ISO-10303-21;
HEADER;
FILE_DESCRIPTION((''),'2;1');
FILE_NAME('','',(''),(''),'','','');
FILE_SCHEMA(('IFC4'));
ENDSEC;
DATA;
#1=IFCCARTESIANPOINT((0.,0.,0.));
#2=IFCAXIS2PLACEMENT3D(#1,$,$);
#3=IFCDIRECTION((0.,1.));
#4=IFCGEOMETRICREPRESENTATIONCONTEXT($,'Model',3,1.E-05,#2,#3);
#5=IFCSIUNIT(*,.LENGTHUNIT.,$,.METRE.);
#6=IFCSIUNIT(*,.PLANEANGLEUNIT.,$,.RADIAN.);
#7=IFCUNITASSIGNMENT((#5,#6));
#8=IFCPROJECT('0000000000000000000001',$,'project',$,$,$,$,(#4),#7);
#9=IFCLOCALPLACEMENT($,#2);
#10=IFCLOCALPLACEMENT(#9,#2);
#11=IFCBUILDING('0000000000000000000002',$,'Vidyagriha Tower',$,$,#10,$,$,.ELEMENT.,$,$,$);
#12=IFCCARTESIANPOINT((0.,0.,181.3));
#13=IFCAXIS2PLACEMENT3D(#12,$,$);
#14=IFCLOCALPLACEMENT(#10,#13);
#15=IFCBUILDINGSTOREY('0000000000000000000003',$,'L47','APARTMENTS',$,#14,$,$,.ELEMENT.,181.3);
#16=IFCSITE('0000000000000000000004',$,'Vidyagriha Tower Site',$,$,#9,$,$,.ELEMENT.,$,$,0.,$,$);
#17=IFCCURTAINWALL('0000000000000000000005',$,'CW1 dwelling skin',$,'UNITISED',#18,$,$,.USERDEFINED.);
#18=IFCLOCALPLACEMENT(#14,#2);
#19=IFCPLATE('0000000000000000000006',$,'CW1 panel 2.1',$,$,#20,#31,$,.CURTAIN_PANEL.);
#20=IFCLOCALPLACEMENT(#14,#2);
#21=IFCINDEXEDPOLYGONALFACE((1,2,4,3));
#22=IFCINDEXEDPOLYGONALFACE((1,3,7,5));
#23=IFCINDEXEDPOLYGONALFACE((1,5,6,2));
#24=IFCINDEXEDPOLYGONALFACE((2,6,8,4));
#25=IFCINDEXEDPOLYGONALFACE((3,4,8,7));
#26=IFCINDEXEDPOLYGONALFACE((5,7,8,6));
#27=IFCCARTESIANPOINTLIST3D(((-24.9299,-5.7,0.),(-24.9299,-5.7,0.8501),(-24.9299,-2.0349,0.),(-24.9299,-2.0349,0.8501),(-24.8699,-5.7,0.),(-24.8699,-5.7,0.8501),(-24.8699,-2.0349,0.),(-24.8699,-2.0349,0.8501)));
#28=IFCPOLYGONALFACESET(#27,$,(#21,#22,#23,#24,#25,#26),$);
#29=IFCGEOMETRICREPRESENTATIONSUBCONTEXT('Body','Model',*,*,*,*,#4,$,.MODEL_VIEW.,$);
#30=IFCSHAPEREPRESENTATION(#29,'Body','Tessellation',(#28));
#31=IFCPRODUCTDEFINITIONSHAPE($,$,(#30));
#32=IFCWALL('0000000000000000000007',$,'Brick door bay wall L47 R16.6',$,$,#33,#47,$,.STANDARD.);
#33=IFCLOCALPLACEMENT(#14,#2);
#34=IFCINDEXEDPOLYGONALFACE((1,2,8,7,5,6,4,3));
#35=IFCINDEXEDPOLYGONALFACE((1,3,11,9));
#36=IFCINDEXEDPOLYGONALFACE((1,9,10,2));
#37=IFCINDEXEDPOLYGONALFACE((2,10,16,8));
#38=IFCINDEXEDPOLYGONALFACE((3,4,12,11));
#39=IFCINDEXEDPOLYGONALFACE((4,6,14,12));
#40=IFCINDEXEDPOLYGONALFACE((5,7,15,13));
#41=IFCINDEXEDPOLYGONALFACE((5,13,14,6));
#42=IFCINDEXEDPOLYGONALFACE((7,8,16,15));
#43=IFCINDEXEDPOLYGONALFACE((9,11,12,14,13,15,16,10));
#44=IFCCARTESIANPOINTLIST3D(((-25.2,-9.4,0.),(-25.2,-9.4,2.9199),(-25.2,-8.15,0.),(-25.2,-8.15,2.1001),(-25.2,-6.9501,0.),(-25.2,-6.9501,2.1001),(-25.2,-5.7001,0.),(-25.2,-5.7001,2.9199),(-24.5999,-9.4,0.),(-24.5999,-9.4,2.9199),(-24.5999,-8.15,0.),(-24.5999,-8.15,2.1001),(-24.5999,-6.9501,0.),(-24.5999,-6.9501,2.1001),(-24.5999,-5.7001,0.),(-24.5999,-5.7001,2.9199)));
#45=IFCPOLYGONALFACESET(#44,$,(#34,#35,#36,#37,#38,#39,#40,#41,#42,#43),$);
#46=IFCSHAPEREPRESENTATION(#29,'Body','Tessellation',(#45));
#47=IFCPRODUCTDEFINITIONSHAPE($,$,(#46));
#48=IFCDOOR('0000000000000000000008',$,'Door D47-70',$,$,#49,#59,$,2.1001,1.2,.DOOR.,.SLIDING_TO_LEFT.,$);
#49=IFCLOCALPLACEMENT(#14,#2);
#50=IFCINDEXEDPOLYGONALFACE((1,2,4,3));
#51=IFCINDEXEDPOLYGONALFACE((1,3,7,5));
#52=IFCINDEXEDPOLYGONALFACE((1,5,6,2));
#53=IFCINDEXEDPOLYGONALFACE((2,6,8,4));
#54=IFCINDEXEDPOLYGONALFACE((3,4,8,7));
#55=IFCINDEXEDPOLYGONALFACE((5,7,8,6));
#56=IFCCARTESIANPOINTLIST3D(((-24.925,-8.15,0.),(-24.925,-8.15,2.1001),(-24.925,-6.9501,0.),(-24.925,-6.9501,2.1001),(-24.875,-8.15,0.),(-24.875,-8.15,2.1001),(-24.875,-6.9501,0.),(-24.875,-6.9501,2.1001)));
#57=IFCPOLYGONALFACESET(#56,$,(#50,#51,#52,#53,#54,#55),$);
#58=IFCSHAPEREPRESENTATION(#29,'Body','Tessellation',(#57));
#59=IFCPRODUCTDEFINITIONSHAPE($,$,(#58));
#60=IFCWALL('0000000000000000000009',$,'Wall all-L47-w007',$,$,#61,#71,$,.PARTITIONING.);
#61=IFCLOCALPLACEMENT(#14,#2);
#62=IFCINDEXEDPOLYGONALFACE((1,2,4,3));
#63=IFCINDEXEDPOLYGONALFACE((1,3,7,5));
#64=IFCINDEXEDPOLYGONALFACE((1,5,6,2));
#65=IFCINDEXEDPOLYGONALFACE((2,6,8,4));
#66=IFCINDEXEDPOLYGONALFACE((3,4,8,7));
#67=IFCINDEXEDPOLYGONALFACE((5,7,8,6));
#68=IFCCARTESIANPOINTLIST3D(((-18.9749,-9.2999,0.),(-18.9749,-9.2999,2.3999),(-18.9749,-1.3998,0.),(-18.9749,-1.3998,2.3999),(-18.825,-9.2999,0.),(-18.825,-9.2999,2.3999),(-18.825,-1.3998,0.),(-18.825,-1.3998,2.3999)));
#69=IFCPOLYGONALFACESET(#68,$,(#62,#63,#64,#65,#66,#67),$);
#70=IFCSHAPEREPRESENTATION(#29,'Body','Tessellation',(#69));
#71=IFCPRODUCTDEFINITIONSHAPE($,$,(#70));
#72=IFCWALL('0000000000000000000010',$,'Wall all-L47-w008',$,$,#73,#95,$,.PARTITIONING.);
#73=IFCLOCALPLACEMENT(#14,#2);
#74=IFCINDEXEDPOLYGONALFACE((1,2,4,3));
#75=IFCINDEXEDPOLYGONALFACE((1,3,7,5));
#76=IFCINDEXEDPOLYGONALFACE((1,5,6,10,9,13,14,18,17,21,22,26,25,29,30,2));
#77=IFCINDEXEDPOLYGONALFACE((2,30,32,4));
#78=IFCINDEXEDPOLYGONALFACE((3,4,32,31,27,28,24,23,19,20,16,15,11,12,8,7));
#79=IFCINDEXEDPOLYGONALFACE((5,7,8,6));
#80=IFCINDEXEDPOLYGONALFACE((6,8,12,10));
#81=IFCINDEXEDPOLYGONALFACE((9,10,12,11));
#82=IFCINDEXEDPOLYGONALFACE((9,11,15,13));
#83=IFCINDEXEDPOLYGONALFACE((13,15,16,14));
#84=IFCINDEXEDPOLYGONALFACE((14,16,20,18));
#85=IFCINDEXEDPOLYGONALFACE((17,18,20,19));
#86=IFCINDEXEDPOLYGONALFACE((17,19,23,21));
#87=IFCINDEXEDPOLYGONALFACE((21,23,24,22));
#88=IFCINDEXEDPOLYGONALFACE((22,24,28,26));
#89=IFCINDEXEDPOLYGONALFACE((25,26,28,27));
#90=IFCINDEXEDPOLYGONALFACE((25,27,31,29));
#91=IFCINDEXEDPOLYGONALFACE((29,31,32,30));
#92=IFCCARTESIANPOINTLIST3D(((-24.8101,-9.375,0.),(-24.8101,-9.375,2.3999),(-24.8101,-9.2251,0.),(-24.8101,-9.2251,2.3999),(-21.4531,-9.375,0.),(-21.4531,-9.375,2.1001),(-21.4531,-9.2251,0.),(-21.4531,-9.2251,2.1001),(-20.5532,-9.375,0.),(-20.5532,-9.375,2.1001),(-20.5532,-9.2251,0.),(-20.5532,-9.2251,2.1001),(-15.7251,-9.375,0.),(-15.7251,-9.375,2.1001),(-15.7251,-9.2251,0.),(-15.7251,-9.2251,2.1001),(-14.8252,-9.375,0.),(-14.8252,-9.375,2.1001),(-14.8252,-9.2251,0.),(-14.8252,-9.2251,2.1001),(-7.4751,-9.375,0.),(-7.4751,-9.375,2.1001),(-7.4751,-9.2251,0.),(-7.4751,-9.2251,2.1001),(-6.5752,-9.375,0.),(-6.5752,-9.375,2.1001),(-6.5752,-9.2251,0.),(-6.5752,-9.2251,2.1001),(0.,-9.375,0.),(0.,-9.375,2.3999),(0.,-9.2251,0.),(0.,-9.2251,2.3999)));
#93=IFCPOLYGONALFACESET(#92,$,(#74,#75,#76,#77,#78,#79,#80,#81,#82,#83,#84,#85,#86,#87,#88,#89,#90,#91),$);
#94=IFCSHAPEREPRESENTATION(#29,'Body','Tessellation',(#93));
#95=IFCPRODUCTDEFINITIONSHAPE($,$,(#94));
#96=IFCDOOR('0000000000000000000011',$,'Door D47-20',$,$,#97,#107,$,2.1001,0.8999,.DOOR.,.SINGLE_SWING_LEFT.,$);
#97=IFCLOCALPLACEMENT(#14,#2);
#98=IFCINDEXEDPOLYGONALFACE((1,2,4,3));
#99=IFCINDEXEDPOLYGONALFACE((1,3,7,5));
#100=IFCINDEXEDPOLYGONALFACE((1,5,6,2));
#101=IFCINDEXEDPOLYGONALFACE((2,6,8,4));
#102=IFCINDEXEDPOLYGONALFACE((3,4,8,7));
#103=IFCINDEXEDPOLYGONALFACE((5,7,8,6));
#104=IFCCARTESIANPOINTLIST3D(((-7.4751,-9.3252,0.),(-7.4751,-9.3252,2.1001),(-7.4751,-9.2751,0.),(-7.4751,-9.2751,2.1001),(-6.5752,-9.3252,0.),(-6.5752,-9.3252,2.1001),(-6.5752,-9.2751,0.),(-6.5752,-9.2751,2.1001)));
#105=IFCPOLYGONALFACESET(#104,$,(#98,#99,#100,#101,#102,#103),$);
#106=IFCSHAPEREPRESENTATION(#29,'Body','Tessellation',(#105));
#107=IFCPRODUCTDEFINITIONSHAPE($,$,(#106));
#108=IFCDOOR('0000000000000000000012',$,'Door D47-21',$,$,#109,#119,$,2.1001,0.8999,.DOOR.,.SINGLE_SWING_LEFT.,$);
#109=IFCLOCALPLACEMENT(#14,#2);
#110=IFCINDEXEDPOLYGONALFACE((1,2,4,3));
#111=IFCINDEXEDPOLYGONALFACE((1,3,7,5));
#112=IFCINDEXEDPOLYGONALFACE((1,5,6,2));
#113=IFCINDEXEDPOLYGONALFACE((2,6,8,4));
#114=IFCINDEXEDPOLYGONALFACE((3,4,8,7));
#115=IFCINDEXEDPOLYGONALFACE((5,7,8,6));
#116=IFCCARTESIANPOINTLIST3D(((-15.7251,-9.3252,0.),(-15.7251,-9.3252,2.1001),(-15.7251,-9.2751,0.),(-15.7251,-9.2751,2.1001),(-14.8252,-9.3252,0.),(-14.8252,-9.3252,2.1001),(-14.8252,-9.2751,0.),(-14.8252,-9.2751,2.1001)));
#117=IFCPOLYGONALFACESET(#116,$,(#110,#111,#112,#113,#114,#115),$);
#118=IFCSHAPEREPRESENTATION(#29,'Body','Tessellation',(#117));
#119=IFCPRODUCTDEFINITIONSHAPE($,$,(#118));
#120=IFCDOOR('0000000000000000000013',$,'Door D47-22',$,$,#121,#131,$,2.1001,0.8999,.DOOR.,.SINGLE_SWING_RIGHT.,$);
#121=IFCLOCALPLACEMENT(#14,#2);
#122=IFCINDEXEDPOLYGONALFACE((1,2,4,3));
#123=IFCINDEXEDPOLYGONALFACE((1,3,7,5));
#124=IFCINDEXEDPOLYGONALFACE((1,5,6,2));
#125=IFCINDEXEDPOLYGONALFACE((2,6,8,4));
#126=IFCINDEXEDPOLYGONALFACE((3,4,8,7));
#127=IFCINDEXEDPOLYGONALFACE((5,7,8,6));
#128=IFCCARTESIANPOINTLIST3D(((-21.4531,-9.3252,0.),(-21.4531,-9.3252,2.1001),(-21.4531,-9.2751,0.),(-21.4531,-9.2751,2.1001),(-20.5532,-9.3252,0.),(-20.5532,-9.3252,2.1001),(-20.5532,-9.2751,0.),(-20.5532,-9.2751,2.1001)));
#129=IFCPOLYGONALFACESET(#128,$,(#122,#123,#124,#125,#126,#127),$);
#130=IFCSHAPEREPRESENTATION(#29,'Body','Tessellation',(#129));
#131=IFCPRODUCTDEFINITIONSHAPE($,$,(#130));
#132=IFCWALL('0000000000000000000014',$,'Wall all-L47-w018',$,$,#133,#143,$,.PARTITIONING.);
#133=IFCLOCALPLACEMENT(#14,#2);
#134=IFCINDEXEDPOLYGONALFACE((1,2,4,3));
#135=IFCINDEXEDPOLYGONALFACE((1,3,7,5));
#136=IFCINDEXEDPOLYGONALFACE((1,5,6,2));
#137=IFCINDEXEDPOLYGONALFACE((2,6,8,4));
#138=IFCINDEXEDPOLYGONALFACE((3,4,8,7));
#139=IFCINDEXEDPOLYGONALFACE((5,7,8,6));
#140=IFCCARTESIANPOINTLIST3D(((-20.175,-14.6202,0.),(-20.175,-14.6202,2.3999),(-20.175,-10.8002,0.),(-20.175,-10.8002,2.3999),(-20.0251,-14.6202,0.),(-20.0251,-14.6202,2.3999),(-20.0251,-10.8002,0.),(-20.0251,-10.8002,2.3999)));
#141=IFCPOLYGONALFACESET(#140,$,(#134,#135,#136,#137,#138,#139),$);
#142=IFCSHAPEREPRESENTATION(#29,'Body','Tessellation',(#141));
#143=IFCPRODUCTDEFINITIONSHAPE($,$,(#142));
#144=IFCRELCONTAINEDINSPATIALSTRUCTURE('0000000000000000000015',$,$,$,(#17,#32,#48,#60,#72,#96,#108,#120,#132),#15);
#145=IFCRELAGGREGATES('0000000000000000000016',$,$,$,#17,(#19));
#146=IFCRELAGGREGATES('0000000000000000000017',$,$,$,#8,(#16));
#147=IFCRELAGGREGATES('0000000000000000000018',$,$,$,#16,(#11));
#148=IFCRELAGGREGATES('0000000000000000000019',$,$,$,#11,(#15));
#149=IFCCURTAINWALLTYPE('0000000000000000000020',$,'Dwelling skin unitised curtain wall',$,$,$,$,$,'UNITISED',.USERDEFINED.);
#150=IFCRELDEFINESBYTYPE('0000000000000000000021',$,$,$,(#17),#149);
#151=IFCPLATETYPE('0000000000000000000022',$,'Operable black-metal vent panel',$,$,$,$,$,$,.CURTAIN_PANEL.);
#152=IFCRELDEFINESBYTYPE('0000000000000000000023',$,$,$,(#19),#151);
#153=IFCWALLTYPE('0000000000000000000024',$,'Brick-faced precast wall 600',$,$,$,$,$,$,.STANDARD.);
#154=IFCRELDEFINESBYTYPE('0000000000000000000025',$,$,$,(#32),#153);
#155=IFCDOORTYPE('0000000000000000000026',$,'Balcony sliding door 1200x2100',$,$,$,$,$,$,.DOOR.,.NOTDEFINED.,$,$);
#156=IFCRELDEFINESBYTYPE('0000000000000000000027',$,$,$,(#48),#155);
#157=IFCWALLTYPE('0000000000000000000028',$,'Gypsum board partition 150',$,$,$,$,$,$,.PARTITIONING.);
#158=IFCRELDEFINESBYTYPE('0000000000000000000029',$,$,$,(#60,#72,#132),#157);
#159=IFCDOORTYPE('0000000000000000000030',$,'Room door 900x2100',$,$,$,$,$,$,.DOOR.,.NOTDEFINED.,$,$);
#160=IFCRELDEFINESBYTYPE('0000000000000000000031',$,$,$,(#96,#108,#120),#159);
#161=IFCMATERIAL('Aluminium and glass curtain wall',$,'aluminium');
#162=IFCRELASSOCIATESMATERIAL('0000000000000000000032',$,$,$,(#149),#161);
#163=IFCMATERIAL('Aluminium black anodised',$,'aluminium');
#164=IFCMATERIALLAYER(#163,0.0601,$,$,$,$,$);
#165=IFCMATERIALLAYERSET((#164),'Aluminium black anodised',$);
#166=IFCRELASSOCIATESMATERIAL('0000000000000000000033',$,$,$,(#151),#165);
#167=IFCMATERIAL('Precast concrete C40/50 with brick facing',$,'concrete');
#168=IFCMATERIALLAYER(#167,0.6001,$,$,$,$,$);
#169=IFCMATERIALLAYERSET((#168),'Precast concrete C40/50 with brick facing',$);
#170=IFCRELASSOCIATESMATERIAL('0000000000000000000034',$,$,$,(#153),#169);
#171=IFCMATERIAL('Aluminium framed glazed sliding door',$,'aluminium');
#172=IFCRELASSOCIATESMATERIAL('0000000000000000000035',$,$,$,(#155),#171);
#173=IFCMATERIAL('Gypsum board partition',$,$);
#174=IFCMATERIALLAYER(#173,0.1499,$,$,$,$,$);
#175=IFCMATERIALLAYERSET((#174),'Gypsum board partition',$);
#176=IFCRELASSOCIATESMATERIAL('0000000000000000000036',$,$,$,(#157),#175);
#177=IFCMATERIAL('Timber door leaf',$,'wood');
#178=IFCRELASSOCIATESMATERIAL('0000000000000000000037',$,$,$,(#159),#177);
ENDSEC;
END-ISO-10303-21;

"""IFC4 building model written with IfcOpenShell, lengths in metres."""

from ifc_helpers import new_model, si_unit, direction, frame, frame_2d, origin, origin_2d, place, context, subcontext, project, spatial, rectangle, extrude, material, layer, layer_set, type_object, element, fill, aggregate, save


model = new_model("IFC4")

# Units and contexts
model_context = context("Model", 3, precision=1e-05, world=origin(), true_north=direction((0.0, 1.0)))
body_context = subcontext(model_context, "Body", "Model", "MODEL_VIEW")
ifc_project = project(units=[si_unit("LENGTHUNIT", "METRE"), si_unit("PLANEANGLEUNIT", "RADIAN")], contexts=[model_context])

# Site, building, storey
site_placement = place(None, origin())
site = spatial("IfcSite", under=ifc_project, at=site_placement, Name="Vidyagriha Tower Site", CompositionType="ELEMENT", RefElevation=0.0)
building_placement = place(site_placement, origin())
building = spatial("IfcBuilding", under=site, at=building_placement, Name="Vidyagriha Tower", CompositionType="ELEMENT")
storey_placement = place(building_placement, frame((0.0, 0.0, 181.3)))
storey = spatial("IfcBuildingStorey", under=building, at=storey_placement, Name="L47", Description="APARTMENTS", CompositionType="ELEMENT", Elevation=181.3)

# Curtain wall
ifc_material_1 = material(Name="Aluminium and glass curtain wall", Category="aluminium")
curtain_wall_type = type_object("IfcCurtainWallType", Name="Dwelling skin unitised curtain wall", ElementType="UNITISED", PredefinedType="USERDEFINED", material=ifc_material_1)
curtain_wall_1_placement = place(storey_placement, origin())
curtain_wall_1 = element("IfcCurtainWall", 1, at=curtain_wall_1_placement, inside=storey, type_object=curtain_wall_type, Name="CW1 dwelling skin", ObjectType="UNITISED", PredefinedType="USERDEFINED")

# Plate
ifc_material_2 = material(Name="Aluminium black anodised", Category="aluminium")
ifc_layer_1 = layer(ifc_material_2, 0.0601)
ifc_layer_set_1 = layer_set([ifc_layer_1], Name="Aluminium black anodised")
plate_type_1 = type_object("IfcPlateType", Name="Operable black-metal vent panel", PredefinedType="CURTAIN_PANEL", material=ifc_layer_set_1)
plate_1_placement = place(storey_placement, frame((-24.8999, -3.8674, 0.0), z_axis=(0.0, 0.0, 1.0), x_axis=(0.0, -1.0, 0.0)))
plate_1 = element("IfcPlate", 2, at=plate_1_placement, type_object=plate_type_1, Name="CW1 panel 2.1", PredefinedType="CURTAIN_PANEL", context=body_context, shape_type="SweptSolid", body=[
    extrude(rectangle(XDim=3.665, YDim=0.0601, at=origin_2d()), origin(), (0.0, 0.0, 1.0), 0.8501),
])
aggregate(curtain_wall_1, [plate_1])

# Wall, opening, door
ifc_material_3 = material(Name="Precast concrete C40/50 with brick facing", Category="concrete")
ifc_layer_2 = layer(ifc_material_3, 0.6001)
ifc_layer_set_2 = layer_set([ifc_layer_2], Name="Precast concrete C40/50 with brick facing")
wall_type_1 = type_object("IfcWallType", Name="Brick-faced precast wall 600", PredefinedType="STANDARD", material=ifc_layer_set_2)
wall_1_placement = place(storey_placement, frame((-24.8999, -5.7, 0.0), z_axis=(0.0, 0.0, 1.0), x_axis=(0.0, -1.0, 0.0)))
wall_1 = element("IfcWall", 3, at=wall_1_placement, inside=storey, type_object=wall_type_1, Name="Brick door bay wall L47 R16.6", PredefinedType="STANDARD", context=body_context, shape_type="SweptSolid", body=[
    extrude(rectangle(XDim=3.7, YDim=0.6001, at=frame_2d((1.8501, 0.0))), origin(), (0.0, 0.0, 1.0), 2.9199),
])
opening_1_placement = place(wall_1_placement, frame((1.25, 0.0, 0.0)))
opening_1 = element("IfcOpeningElement", 4, at=opening_1_placement, cuts=wall_1, PredefinedType="OPENING", context=body_context, shape_type="SweptSolid", body=[
    extrude(rectangle(XDim=1.2, YDim=2.1001, at=frame_2d((0.6001, 1.05))), frame((0.0, 0.3101, 0.0), z_axis=(0.0, -1.0, 0.0), x_axis=(1.0, 0.0, 0.0)), (0.0, 0.0, 1.0), 0.6201),
])
ifc_material_4 = material(Name="Aluminium framed glazed sliding door", Category="aluminium")
door_type_1 = type_object("IfcDoorType", Name="Balcony sliding door 1200x2100", OperationType="NOTDEFINED", PredefinedType="DOOR", material=ifc_material_4)
door_1_placement = place(opening_1_placement, origin())
door_1 = element("IfcDoor", 5, at=door_1_placement, inside=storey, type_object=door_type_1, Name="Door D47-70", OperationType="SLIDING_TO_LEFT", OverallHeight=2.1001, OverallWidth=1.2, PredefinedType="DOOR", context=body_context, shape_type="SweptSolid", body=[
    extrude(rectangle(XDim=1.2, YDim=2.1001, at=frame_2d((0.6001, 1.05))), frame((0.0, 0.0249, 0.0), z_axis=(0.0, -1.0, 0.0), x_axis=(1.0, 0.0, 0.0)), (0.0, 0.0, 1.0), 0.05),
])
fill(opening_1, door_1)

# Wall
ifc_material_5 = material(Name="Gypsum board partition")
ifc_layer_3 = layer(ifc_material_5, 0.1499)
ifc_layer_set_3 = layer_set([ifc_layer_3], Name="Gypsum board partition")
wall_type_2 = type_object("IfcWallType", Name="Gypsum board partition 150", PredefinedType="PARTITIONING", material=ifc_layer_set_3)
wall_2_placement = place(storey_placement, frame((-18.8999, -9.3, 0.0), z_axis=(0.0, 0.0, 1.0), x_axis=(0.0, 1.0, 0.0)))
element("IfcWall", 6, at=wall_2_placement, inside=storey, type_object=wall_type_2, Name="Wall all-L47-w007", PredefinedType="PARTITIONING", context=body_context, shape_type="SweptSolid", body=[
    extrude(rectangle(XDim=7.9001, YDim=0.1499, at=frame_2d((3.9502, 0.0))), origin(), (0.0, 0.0, 1.0), 2.3999),
])

# Wall, openings, doors
wall_3_placement = place(storey_placement, frame((-24.8101, -9.3, 0.0)))
wall_3 = element("IfcWall", 7, at=wall_3_placement, inside=storey, type_object=wall_type_2, Name="Wall all-L47-w008", PredefinedType="PARTITIONING", context=body_context, shape_type="SweptSolid", body=[
    extrude(rectangle(XDim=24.8101, YDim=0.1499, at=frame_2d((12.405, 0.0))), origin(), (0.0, 0.0, 1.0), 2.3999),
])
opening_2_placement = place(wall_3_placement, frame((17.335, 0.0, 0.0)))
opening_2 = element("IfcOpeningElement", 8, at=opening_2_placement, cuts=wall_3, PredefinedType="OPENING", context=body_context, shape_type="SweptSolid", body=[
    extrude(rectangle(XDim=0.8999, YDim=2.1001, at=frame_2d((0.45, 1.05))), frame((0.0, 0.085, 0.0), z_axis=(0.0, -1.0, 0.0), x_axis=(1.0, 0.0, 0.0)), (0.0, 0.0, 1.0), 0.1699),
])
opening_3_placement = place(wall_3_placement, frame((9.085, 0.0, 0.0)))
opening_3 = element("IfcOpeningElement", 9, at=opening_3_placement, cuts=wall_3, PredefinedType="OPENING", context=body_context, shape_type="SweptSolid", body=[
    extrude(rectangle(XDim=0.8999, YDim=2.1001, at=frame_2d((0.45, 1.05))), frame((0.0, 0.085, 0.0), z_axis=(0.0, -1.0, 0.0), x_axis=(1.0, 0.0, 0.0)), (0.0, 0.0, 1.0), 0.1699),
])
opening_4_placement = place(wall_3_placement, frame((3.3569, 0.0, 0.0)))
opening_4 = element("IfcOpeningElement", 10, at=opening_4_placement, cuts=wall_3, PredefinedType="OPENING", context=body_context, shape_type="SweptSolid", body=[
    extrude(rectangle(XDim=0.8999, YDim=2.1001, at=frame_2d((0.45, 1.05))), frame((0.0, 0.085, 0.0), z_axis=(0.0, -1.0, 0.0), x_axis=(1.0, 0.0, 0.0)), (0.0, 0.0, 1.0), 0.1699),
])
ifc_material_6 = material(Name="Timber door leaf", Category="wood")
door_type_2 = type_object("IfcDoorType", Name="Room door 900x2100", OperationType="NOTDEFINED", PredefinedType="DOOR", material=ifc_material_6)
door_2_placement = place(opening_2_placement, origin())
door_2 = element("IfcDoor", 11, at=door_2_placement, inside=storey, type_object=door_type_2, Name="Door D47-20", OperationType="SINGLE_SWING_LEFT", OverallHeight=2.1001, OverallWidth=0.8999, PredefinedType="DOOR", context=body_context, shape_type="SweptSolid", body=[
    extrude(rectangle(XDim=0.8999, YDim=2.1001, at=frame_2d((0.45, 1.05))), frame((0.0, 0.0249, 0.0), z_axis=(0.0, -1.0, 0.0), x_axis=(1.0, 0.0, 0.0)), (0.0, 0.0, 1.0), 0.05),
])
fill(opening_2, door_2)
door_3_placement = place(opening_3_placement, origin())
door_3 = element("IfcDoor", 12, at=door_3_placement, inside=storey, type_object=door_type_2, Name="Door D47-21", OperationType="SINGLE_SWING_LEFT", OverallHeight=2.1001, OverallWidth=0.8999, PredefinedType="DOOR", context=body_context, shape_type="SweptSolid", body=[
    extrude(rectangle(XDim=0.8999, YDim=2.1001, at=frame_2d((0.45, 1.05))), frame((0.0, 0.0249, 0.0), z_axis=(0.0, -1.0, 0.0), x_axis=(1.0, 0.0, 0.0)), (0.0, 0.0, 1.0), 0.05),
])
fill(opening_3, door_3)
door_4_placement = place(opening_4_placement, origin())
door_4 = element("IfcDoor", 13, at=door_4_placement, inside=storey, type_object=door_type_2, Name="Door D47-22", OperationType="SINGLE_SWING_RIGHT", OverallHeight=2.1001, OverallWidth=0.8999, PredefinedType="DOOR", context=body_context, shape_type="SweptSolid", body=[
    extrude(rectangle(XDim=0.8999, YDim=2.1001, at=frame_2d((0.45, 1.05))), frame((0.0, 0.0249, 0.0), z_axis=(0.0, -1.0, 0.0), x_axis=(1.0, 0.0, 0.0)), (0.0, 0.0, 1.0), 0.05),
])
fill(opening_4, door_4)

# Wall
wall_4_placement = place(storey_placement, frame((-20.1001, -10.8, 0.0), z_axis=(0.0, 0.0, 1.0), x_axis=(0.0, -1.0, 0.0)))
element("IfcWall", 14, at=wall_4_placement, inside=storey, type_object=wall_type_2, Name="Wall all-L47-w018", PredefinedType="PARTITIONING", context=body_context, shape_type="SweptSolid", body=[
    extrude(rectangle(XDim=3.8201, YDim=0.1499, at=frame_2d((1.9102, 0.0))), origin(), (0.0, 0.0, 1.0), 2.3999),
])

save(model, "model.ifc")
